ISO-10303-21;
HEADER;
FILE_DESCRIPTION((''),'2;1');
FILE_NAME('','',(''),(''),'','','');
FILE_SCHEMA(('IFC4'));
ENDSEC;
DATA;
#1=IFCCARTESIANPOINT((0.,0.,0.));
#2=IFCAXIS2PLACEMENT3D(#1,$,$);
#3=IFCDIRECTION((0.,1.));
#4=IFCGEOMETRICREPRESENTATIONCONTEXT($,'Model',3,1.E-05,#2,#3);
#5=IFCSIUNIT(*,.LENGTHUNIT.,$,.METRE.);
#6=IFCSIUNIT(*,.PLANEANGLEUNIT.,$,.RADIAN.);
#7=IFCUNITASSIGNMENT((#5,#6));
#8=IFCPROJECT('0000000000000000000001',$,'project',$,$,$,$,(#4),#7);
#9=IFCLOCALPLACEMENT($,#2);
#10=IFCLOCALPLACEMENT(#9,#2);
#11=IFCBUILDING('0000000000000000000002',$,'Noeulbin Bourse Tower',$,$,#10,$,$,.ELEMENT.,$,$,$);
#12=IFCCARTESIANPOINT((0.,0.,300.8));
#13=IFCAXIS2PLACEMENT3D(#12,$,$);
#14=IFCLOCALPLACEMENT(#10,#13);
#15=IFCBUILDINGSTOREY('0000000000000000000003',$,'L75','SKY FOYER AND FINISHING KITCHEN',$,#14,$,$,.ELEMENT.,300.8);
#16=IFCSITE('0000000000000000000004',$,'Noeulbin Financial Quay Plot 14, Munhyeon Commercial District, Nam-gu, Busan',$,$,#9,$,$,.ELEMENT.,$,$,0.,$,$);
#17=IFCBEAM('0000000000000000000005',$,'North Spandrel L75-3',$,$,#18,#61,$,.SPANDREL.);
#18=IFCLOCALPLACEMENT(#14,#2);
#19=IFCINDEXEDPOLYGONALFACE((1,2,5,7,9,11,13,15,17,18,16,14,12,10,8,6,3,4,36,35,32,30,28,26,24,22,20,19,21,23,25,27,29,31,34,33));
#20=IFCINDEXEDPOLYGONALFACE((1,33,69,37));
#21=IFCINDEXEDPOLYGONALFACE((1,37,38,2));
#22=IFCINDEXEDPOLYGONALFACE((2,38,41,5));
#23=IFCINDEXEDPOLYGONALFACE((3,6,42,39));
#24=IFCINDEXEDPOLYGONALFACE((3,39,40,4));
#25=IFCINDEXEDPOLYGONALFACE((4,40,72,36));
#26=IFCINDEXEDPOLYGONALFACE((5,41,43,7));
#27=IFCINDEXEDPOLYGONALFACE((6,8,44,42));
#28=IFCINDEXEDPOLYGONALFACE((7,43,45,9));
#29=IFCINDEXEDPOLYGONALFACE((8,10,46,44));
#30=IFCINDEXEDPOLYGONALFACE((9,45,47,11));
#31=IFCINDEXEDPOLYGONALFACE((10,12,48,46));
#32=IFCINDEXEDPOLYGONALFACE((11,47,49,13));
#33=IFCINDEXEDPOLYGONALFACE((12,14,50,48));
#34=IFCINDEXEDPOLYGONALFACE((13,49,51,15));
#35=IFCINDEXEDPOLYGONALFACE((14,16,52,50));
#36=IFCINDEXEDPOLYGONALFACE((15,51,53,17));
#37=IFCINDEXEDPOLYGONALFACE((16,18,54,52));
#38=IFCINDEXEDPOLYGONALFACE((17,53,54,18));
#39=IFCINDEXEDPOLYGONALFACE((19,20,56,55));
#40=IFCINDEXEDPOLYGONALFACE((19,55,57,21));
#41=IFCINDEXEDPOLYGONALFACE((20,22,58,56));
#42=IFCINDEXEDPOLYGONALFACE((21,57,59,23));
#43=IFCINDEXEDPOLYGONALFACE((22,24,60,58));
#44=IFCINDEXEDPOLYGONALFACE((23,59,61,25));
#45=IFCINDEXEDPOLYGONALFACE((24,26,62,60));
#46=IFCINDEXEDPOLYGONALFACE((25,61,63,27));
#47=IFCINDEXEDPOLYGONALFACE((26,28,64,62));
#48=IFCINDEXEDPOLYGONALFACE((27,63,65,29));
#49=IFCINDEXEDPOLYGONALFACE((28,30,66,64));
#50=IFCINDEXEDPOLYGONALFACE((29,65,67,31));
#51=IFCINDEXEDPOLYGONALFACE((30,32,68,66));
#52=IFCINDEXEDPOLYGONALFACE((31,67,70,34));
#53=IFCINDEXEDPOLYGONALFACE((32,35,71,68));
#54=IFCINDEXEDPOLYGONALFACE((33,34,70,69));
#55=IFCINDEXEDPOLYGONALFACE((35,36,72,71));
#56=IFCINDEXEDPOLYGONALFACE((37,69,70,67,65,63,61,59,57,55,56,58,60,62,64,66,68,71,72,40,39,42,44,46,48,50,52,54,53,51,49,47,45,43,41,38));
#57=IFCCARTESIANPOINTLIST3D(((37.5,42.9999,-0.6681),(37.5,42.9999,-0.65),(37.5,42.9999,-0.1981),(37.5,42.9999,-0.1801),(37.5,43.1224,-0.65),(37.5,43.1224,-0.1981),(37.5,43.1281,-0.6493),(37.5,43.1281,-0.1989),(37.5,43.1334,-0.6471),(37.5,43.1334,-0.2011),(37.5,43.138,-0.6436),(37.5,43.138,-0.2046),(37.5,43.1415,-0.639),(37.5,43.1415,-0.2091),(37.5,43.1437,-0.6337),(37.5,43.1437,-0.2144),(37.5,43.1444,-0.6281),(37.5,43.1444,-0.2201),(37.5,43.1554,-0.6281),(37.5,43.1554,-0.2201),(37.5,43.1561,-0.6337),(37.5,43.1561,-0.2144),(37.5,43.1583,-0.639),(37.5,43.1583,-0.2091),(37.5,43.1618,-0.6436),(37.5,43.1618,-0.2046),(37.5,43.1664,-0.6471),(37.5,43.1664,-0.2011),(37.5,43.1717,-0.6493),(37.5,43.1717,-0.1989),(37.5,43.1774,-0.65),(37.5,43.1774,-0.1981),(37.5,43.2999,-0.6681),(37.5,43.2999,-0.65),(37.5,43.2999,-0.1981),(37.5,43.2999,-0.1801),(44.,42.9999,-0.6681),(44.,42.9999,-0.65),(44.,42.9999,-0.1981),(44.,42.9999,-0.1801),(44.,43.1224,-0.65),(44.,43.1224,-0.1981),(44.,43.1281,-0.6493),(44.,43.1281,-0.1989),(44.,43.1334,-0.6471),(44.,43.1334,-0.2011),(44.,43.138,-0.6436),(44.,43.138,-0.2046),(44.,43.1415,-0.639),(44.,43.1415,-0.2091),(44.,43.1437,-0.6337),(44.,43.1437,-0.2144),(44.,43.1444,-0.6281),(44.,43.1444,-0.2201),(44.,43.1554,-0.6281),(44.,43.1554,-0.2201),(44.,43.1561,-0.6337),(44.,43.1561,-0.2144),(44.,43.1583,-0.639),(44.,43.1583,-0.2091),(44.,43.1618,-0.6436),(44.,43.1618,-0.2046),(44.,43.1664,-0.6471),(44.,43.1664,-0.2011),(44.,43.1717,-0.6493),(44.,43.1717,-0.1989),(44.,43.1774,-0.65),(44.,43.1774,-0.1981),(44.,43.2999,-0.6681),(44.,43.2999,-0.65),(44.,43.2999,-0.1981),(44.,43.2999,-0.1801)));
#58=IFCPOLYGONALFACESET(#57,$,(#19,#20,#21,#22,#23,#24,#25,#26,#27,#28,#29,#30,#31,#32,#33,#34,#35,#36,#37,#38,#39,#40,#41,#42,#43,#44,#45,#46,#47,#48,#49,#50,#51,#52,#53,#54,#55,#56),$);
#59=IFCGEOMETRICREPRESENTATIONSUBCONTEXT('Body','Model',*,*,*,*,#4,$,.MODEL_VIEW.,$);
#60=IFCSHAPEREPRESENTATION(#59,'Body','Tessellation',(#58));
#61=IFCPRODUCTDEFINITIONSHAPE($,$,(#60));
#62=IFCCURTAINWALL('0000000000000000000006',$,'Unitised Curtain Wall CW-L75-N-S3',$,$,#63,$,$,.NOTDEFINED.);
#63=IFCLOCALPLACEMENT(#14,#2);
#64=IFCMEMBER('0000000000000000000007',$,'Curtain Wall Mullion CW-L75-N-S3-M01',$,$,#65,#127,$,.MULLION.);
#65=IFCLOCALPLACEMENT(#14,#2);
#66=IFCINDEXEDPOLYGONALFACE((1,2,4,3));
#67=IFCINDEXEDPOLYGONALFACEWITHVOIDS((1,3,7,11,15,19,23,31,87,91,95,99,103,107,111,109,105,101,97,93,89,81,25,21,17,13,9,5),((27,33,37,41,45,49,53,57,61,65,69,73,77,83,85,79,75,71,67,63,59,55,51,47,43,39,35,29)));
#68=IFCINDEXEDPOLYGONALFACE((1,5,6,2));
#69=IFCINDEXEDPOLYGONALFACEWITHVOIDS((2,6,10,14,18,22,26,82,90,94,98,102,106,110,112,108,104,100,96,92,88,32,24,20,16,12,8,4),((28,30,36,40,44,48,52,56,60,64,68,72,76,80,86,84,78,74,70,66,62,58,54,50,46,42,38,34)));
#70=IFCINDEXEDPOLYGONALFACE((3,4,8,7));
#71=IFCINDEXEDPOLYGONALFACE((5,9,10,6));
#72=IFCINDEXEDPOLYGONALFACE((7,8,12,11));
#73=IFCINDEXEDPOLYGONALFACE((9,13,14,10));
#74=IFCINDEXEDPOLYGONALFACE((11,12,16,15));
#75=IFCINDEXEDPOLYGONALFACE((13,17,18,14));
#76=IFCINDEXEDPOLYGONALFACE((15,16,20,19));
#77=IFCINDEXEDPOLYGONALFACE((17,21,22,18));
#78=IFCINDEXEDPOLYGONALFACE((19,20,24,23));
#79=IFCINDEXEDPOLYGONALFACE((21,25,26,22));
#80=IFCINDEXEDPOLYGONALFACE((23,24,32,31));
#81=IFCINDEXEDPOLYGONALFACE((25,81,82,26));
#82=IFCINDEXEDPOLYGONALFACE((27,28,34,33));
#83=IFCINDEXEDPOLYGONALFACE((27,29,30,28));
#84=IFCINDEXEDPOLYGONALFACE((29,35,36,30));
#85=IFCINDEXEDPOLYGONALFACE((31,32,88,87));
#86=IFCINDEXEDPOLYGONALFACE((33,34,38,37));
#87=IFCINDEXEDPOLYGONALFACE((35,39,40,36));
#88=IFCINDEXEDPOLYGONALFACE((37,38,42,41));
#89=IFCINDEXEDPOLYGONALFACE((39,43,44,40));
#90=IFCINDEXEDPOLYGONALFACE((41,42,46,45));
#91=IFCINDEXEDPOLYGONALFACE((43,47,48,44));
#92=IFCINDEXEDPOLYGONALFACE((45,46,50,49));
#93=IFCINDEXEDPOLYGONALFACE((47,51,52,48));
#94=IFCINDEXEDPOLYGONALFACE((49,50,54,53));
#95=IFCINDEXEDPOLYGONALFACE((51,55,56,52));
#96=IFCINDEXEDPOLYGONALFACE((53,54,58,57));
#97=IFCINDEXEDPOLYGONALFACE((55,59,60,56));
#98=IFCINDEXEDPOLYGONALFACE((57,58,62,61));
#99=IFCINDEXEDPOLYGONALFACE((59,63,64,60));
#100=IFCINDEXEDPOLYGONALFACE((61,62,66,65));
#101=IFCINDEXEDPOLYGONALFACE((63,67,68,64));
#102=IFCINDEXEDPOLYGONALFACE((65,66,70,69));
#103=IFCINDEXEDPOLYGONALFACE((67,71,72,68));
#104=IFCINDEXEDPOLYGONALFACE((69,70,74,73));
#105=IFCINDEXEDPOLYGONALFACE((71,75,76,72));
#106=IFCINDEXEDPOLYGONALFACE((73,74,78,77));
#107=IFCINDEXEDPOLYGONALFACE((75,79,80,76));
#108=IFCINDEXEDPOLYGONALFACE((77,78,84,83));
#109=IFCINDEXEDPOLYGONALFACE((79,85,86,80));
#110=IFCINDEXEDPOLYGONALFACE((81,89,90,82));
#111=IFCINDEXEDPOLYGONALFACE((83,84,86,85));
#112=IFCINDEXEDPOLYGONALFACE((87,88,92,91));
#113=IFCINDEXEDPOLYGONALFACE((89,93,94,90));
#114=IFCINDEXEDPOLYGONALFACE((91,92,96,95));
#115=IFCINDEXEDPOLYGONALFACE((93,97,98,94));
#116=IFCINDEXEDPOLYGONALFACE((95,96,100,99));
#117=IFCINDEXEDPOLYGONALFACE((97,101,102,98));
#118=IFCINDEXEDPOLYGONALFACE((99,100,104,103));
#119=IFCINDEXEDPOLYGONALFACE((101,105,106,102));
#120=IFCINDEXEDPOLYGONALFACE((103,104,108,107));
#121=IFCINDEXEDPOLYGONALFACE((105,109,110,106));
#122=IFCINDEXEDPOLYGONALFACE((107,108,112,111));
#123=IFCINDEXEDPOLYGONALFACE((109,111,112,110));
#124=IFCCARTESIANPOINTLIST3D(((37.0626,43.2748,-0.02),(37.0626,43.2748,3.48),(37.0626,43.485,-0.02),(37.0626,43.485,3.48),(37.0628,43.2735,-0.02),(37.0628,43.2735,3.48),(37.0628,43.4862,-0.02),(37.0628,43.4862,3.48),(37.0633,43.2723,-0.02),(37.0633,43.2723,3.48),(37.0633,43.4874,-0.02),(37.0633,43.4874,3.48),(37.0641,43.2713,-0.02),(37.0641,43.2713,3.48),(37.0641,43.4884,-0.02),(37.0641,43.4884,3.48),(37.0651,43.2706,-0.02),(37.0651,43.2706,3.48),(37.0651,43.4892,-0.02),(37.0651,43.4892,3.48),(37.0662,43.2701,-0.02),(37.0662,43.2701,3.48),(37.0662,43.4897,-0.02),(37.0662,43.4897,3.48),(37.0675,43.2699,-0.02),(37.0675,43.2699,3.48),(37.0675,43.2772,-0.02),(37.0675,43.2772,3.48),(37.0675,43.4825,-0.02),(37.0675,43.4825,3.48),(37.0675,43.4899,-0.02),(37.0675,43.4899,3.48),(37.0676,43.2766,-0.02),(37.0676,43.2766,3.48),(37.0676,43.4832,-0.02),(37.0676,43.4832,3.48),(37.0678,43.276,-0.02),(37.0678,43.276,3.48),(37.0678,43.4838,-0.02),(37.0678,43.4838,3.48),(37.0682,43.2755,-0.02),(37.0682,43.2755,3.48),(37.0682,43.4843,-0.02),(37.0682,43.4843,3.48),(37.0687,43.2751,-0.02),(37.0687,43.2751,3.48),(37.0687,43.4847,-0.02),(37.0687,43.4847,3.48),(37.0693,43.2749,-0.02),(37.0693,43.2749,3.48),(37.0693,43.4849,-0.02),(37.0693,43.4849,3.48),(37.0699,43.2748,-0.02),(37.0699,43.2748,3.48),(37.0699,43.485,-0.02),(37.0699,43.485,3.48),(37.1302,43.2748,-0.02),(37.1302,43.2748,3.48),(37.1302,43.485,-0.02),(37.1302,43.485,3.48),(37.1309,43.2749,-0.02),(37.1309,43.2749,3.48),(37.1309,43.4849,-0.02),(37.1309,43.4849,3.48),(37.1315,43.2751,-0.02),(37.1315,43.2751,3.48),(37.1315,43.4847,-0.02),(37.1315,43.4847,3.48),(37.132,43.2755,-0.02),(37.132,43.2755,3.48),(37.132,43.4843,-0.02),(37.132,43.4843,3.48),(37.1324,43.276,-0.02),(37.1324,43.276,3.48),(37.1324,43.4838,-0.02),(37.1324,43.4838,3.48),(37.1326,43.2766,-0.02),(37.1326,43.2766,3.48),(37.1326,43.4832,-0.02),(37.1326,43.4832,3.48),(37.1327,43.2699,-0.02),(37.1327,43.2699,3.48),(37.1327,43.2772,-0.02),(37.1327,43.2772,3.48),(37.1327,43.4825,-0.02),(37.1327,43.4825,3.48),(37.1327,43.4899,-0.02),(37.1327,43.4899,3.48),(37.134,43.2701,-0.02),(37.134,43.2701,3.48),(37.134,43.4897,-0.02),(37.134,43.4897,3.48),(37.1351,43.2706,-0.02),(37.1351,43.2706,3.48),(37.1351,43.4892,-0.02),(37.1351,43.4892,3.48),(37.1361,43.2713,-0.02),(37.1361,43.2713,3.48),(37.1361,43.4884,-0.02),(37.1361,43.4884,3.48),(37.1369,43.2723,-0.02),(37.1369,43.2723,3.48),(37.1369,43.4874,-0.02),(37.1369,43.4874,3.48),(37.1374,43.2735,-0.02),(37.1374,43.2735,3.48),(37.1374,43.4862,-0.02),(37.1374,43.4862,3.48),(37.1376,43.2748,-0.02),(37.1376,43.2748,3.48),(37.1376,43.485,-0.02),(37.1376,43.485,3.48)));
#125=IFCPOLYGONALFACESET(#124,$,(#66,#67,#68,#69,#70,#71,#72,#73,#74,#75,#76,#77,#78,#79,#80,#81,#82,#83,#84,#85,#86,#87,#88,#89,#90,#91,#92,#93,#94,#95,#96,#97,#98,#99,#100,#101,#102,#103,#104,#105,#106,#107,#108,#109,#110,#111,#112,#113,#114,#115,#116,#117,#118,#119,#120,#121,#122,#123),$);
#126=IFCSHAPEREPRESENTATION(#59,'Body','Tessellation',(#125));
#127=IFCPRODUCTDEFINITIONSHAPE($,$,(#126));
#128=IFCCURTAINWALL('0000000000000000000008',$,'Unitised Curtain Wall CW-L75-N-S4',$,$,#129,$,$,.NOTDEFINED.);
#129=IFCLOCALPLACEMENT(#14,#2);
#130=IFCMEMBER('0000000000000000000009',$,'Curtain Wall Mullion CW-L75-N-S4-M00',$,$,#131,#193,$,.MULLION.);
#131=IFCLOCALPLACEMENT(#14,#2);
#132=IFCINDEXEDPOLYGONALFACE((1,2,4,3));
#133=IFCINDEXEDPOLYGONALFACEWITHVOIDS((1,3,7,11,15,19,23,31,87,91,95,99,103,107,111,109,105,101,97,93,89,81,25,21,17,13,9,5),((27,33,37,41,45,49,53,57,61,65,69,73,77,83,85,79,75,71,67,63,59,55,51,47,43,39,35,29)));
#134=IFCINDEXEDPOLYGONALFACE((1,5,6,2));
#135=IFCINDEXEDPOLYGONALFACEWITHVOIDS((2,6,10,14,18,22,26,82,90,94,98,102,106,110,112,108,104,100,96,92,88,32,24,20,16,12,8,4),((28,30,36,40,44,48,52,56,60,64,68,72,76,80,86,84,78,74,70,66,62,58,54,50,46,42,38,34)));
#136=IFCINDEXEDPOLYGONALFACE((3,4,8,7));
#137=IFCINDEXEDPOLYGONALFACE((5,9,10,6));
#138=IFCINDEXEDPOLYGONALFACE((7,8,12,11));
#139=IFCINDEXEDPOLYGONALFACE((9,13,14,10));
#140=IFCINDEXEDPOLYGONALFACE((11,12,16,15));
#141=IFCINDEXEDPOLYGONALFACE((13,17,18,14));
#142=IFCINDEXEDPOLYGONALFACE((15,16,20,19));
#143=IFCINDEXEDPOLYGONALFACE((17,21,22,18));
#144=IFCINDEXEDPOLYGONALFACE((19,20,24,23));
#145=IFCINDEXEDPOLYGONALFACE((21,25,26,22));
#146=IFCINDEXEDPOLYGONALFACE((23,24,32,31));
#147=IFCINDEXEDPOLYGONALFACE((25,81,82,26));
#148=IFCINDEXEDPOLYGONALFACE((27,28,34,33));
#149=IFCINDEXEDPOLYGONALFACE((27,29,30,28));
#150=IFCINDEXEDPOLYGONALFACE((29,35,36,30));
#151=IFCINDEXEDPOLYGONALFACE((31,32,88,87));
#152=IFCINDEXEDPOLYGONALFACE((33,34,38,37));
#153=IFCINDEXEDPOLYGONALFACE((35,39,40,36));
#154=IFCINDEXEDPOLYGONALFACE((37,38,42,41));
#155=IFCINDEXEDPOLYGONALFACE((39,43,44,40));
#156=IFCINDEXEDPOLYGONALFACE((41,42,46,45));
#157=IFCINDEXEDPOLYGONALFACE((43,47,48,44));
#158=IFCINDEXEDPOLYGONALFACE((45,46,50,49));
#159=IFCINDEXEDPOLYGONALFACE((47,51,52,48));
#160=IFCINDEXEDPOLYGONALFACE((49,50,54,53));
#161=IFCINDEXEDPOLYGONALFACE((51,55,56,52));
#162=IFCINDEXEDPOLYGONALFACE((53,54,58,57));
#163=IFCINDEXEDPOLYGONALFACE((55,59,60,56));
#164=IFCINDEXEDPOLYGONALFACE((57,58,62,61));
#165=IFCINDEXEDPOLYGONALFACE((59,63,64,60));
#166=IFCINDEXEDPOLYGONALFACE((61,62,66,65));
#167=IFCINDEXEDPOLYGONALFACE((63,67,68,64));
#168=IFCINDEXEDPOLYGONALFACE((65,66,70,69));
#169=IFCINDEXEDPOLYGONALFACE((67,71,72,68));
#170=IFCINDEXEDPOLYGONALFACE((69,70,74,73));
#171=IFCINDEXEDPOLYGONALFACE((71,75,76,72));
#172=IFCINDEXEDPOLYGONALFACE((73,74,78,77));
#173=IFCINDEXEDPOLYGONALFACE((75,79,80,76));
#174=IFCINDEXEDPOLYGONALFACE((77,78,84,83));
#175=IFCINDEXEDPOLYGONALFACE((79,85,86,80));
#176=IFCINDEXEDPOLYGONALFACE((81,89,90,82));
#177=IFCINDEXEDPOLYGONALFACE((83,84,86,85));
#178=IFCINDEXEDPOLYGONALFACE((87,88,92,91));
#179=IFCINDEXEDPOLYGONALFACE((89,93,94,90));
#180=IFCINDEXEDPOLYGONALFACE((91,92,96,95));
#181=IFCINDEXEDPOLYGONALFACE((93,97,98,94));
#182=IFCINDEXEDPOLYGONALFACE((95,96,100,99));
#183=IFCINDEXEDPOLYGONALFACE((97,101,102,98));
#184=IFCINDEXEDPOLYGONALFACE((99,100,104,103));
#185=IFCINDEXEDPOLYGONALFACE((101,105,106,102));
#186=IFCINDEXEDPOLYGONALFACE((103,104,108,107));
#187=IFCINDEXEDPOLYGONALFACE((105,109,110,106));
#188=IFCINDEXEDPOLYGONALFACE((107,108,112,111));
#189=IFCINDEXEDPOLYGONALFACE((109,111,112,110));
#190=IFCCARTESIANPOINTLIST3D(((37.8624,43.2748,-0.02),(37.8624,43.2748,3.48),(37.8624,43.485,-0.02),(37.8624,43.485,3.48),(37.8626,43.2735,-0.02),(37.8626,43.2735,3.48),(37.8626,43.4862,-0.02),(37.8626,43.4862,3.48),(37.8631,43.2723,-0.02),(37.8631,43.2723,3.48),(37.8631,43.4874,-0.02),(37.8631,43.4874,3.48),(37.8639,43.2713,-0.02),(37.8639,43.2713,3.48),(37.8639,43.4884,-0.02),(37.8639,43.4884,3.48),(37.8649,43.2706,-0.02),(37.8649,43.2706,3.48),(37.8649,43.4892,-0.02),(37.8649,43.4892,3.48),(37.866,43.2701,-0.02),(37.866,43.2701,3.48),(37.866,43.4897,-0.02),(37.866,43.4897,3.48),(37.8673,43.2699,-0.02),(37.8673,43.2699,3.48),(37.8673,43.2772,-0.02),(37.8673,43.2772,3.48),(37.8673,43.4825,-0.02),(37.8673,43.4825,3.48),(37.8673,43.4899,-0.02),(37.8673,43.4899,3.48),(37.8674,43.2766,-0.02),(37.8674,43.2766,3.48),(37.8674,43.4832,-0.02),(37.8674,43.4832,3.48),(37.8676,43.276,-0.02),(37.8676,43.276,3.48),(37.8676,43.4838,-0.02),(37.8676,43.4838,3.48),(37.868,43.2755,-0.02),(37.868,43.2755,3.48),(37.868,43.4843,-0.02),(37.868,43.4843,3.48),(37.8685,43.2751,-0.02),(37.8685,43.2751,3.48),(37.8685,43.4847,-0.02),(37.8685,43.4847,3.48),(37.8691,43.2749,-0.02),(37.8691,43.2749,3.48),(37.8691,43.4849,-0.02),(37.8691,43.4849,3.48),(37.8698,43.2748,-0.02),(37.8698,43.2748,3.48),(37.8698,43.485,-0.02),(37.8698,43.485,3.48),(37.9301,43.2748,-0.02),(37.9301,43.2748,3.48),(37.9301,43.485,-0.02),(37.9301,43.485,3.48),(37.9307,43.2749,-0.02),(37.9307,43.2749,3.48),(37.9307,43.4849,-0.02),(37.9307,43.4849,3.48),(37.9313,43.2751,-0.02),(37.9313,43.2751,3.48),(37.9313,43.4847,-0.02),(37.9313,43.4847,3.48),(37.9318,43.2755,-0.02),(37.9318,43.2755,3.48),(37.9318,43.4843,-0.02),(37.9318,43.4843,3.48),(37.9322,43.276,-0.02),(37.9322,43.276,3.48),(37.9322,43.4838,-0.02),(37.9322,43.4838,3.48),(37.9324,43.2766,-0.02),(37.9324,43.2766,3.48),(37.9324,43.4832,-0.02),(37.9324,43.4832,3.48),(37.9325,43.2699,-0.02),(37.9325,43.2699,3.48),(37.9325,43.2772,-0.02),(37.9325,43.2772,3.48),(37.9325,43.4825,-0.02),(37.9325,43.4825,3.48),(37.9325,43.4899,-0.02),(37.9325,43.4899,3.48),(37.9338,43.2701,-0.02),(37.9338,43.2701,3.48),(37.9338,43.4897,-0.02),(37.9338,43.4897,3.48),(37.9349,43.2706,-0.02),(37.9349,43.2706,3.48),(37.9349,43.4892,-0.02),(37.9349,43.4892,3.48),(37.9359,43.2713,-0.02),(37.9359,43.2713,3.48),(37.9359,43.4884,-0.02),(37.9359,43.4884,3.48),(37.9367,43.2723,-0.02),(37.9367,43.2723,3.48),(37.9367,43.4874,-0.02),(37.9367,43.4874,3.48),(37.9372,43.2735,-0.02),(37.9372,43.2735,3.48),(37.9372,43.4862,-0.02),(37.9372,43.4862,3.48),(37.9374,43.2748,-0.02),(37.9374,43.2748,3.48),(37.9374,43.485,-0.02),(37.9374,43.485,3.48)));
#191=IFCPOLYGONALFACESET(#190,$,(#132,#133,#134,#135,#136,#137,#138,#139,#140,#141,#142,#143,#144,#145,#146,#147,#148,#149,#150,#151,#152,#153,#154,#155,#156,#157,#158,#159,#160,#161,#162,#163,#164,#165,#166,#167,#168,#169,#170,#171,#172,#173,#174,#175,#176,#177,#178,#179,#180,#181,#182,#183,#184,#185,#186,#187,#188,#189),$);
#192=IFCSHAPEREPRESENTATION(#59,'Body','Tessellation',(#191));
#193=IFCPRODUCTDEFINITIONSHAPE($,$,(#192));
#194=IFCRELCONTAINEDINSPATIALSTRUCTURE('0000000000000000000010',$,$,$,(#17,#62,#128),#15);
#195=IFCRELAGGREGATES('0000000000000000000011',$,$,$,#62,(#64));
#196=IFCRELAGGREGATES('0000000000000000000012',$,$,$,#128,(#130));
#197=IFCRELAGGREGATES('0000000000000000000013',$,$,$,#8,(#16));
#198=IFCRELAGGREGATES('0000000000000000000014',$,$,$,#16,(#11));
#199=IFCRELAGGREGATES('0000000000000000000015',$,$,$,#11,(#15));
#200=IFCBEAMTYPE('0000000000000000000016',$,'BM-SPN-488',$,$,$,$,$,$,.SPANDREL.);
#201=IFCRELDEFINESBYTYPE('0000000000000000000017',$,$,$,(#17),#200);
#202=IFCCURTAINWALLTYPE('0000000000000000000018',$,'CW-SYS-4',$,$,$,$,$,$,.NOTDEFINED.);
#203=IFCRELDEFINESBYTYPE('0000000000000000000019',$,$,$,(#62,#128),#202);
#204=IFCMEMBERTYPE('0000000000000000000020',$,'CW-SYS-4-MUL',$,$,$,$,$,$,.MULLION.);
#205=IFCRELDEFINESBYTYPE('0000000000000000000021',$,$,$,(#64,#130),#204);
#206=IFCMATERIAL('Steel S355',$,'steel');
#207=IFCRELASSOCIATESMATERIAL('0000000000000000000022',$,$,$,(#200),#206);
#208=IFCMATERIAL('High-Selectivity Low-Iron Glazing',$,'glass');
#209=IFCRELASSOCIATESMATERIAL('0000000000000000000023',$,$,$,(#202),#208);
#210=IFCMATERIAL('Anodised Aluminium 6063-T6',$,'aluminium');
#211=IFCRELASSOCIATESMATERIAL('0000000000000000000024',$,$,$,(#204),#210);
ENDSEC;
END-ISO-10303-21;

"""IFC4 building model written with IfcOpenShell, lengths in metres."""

from ifc_helpers import new_model, si_unit, direction, frame, origin, origin_2d, place, context, subcontext, project, spatial, hollow_rectangle, i_section, extrude, material, material_profile, profile_set, type_object, element, aggregate, save


model = new_model("IFC4")

# Units and contexts
model_context = context("Model", 3, precision=1e-05, world=origin(), true_north=direction((0.0, 1.0)))
body_context = subcontext(model_context, "Body", "Model", "MODEL_VIEW")
ifc_project = project(units=[si_unit("LENGTHUNIT", "METRE"), si_unit("PLANEANGLEUNIT", "RADIAN")], contexts=[model_context])

# Site, building, storey
site_placement = place(None, origin())
site = spatial("IfcSite", under=ifc_project, at=site_placement, Name="Noeulbin Financial Quay Plot 14, Munhyeon Commercial District, Nam-gu, Busan", CompositionType="ELEMENT", RefElevation=0.0)
building_placement = place(site_placement, origin())
building = spatial("IfcBuilding", under=site, at=building_placement, Name="Noeulbin Bourse Tower", CompositionType="ELEMENT")
storey_placement = place(building_placement, frame((0.0, 0.0, 300.8)))
storey = spatial("IfcBuildingStorey", under=building, at=storey_placement, Name="L75", Description="SKY FOYER AND FINISHING KITCHEN", CompositionType="ELEMENT", Elevation=300.8)

# Shared definitions
ifc_material_1 = material(Name="Steel S355", Category="steel")

# Beam
ifc_material_profile_1 = material_profile(ifc_material_1, i_section(OverallWidth=0.3, OverallDepth=0.488, WebThickness=0.011, FlangeThickness=0.0181, FilletRadius=0.022, at=origin_2d()), Name="H-488x300x11x18", Category="LoadBearing")
ifc_profile_set_1 = profile_set([ifc_material_profile_1], Name="Steel S355")
beam_type_1 = type_object("IfcBeamType", Name="BM-SPN-488", PredefinedType="SPANDREL", material=ifc_profile_set_1)
beam_placement = place(storey_placement, frame((37.5, 43.1499, -0.4241), z_axis=(1.0, 0.0, 0.0), x_axis=(0.0, 1.0, 0.0)))
element("IfcBeam", 1, at=beam_placement, inside=storey, type_object=beam_type_1, Name="North Spandrel L75-3", PredefinedType="SPANDREL", context=body_context, shape_type="SweptSolid", body=[
    extrude(i_section(OverallWidth=0.3, OverallDepth=0.488, WebThickness=0.011, FlangeThickness=0.0181, FilletRadius=0.022, at=origin_2d()), origin(), (0.0, 0.0, 1.0), 6.5),
])

# Curtain walls, members
ifc_material_2 = material(Name="High-Selectivity Low-Iron Glazing", Category="glass")
curtain_wall_type = type_object("IfcCurtainWallType", Name="CW-SYS-4", PredefinedType="NOTDEFINED", material=ifc_material_2)
curtain_wall_1_placement = place(storey_placement, origin())
curtain_wall_1 = element("IfcCurtainWall", 2, at=curtain_wall_1_placement, inside=storey, type_object=curtain_wall_type, Name="Unitised Curtain Wall CW-L75-N-S3", PredefinedType="NOTDEFINED")
ifc_material_3 = material(Name="Anodised Aluminium 6063-T6", Category="aluminium")
ifc_material_profile_2 = material_profile(ifc_material_3, hollow_rectangle(XDim=0.075, YDim=0.22, WallThickness=0.0049, InnerFilletRadius=0.0024, OuterFilletRadius=0.0049, at=origin_2d()), Name="ALU-MULL-75x220x5", Category="LoadBearing")
ifc_profile_set_2 = profile_set([ifc_material_profile_2], Name="Anodised Aluminium 6063-T6")
member_type_1 = type_object("IfcMemberType", Name="CW-SYS-4-MUL", PredefinedType="MULLION", material=ifc_profile_set_2)
member_1_placement = place(storey_placement, frame((37.1001, 43.3799, -0.02), z_axis=(0.0, 0.0, 1.0), x_axis=(1.0, 0.0, 0.0)))
member_1 = element("IfcMember", 3, at=member_1_placement, type_object=member_type_1, Name="Curtain Wall Mullion CW-L75-N-S3-M01", PredefinedType="MULLION", context=body_context, shape_type="SweptSolid", body=[
    extrude(hollow_rectangle(XDim=0.075, YDim=0.22, WallThickness=0.0049, InnerFilletRadius=0.0024, OuterFilletRadius=0.0049, at=origin_2d()), origin(), (0.0, 0.0, 1.0), 3.5),
])
curtain_wall_2_placement = place(storey_placement, origin())
curtain_wall_2 = element("IfcCurtainWall", 4, at=curtain_wall_2_placement, inside=storey, type_object=curtain_wall_type, Name="Unitised Curtain Wall CW-L75-N-S4", PredefinedType="NOTDEFINED")
member_2_placement = place(storey_placement, frame((37.8999, 43.3799, -0.02), z_axis=(0.0, 0.0, 1.0), x_axis=(1.0, 0.0, 0.0)))
member_2 = element("IfcMember", 5, at=member_2_placement, type_object=member_type_1, Name="Curtain Wall Mullion CW-L75-N-S4-M00", PredefinedType="MULLION", context=body_context, shape_type="SweptSolid", body=[
    extrude(hollow_rectangle(XDim=0.075, YDim=0.22, WallThickness=0.0049, InnerFilletRadius=0.0024, OuterFilletRadius=0.0049, at=origin_2d()), origin(), (0.0, 0.0, 1.0), 3.5),
])

aggregate(curtain_wall_1, [member_1])
aggregate(curtain_wall_2, [member_2])

save(model, "model.ifc")
